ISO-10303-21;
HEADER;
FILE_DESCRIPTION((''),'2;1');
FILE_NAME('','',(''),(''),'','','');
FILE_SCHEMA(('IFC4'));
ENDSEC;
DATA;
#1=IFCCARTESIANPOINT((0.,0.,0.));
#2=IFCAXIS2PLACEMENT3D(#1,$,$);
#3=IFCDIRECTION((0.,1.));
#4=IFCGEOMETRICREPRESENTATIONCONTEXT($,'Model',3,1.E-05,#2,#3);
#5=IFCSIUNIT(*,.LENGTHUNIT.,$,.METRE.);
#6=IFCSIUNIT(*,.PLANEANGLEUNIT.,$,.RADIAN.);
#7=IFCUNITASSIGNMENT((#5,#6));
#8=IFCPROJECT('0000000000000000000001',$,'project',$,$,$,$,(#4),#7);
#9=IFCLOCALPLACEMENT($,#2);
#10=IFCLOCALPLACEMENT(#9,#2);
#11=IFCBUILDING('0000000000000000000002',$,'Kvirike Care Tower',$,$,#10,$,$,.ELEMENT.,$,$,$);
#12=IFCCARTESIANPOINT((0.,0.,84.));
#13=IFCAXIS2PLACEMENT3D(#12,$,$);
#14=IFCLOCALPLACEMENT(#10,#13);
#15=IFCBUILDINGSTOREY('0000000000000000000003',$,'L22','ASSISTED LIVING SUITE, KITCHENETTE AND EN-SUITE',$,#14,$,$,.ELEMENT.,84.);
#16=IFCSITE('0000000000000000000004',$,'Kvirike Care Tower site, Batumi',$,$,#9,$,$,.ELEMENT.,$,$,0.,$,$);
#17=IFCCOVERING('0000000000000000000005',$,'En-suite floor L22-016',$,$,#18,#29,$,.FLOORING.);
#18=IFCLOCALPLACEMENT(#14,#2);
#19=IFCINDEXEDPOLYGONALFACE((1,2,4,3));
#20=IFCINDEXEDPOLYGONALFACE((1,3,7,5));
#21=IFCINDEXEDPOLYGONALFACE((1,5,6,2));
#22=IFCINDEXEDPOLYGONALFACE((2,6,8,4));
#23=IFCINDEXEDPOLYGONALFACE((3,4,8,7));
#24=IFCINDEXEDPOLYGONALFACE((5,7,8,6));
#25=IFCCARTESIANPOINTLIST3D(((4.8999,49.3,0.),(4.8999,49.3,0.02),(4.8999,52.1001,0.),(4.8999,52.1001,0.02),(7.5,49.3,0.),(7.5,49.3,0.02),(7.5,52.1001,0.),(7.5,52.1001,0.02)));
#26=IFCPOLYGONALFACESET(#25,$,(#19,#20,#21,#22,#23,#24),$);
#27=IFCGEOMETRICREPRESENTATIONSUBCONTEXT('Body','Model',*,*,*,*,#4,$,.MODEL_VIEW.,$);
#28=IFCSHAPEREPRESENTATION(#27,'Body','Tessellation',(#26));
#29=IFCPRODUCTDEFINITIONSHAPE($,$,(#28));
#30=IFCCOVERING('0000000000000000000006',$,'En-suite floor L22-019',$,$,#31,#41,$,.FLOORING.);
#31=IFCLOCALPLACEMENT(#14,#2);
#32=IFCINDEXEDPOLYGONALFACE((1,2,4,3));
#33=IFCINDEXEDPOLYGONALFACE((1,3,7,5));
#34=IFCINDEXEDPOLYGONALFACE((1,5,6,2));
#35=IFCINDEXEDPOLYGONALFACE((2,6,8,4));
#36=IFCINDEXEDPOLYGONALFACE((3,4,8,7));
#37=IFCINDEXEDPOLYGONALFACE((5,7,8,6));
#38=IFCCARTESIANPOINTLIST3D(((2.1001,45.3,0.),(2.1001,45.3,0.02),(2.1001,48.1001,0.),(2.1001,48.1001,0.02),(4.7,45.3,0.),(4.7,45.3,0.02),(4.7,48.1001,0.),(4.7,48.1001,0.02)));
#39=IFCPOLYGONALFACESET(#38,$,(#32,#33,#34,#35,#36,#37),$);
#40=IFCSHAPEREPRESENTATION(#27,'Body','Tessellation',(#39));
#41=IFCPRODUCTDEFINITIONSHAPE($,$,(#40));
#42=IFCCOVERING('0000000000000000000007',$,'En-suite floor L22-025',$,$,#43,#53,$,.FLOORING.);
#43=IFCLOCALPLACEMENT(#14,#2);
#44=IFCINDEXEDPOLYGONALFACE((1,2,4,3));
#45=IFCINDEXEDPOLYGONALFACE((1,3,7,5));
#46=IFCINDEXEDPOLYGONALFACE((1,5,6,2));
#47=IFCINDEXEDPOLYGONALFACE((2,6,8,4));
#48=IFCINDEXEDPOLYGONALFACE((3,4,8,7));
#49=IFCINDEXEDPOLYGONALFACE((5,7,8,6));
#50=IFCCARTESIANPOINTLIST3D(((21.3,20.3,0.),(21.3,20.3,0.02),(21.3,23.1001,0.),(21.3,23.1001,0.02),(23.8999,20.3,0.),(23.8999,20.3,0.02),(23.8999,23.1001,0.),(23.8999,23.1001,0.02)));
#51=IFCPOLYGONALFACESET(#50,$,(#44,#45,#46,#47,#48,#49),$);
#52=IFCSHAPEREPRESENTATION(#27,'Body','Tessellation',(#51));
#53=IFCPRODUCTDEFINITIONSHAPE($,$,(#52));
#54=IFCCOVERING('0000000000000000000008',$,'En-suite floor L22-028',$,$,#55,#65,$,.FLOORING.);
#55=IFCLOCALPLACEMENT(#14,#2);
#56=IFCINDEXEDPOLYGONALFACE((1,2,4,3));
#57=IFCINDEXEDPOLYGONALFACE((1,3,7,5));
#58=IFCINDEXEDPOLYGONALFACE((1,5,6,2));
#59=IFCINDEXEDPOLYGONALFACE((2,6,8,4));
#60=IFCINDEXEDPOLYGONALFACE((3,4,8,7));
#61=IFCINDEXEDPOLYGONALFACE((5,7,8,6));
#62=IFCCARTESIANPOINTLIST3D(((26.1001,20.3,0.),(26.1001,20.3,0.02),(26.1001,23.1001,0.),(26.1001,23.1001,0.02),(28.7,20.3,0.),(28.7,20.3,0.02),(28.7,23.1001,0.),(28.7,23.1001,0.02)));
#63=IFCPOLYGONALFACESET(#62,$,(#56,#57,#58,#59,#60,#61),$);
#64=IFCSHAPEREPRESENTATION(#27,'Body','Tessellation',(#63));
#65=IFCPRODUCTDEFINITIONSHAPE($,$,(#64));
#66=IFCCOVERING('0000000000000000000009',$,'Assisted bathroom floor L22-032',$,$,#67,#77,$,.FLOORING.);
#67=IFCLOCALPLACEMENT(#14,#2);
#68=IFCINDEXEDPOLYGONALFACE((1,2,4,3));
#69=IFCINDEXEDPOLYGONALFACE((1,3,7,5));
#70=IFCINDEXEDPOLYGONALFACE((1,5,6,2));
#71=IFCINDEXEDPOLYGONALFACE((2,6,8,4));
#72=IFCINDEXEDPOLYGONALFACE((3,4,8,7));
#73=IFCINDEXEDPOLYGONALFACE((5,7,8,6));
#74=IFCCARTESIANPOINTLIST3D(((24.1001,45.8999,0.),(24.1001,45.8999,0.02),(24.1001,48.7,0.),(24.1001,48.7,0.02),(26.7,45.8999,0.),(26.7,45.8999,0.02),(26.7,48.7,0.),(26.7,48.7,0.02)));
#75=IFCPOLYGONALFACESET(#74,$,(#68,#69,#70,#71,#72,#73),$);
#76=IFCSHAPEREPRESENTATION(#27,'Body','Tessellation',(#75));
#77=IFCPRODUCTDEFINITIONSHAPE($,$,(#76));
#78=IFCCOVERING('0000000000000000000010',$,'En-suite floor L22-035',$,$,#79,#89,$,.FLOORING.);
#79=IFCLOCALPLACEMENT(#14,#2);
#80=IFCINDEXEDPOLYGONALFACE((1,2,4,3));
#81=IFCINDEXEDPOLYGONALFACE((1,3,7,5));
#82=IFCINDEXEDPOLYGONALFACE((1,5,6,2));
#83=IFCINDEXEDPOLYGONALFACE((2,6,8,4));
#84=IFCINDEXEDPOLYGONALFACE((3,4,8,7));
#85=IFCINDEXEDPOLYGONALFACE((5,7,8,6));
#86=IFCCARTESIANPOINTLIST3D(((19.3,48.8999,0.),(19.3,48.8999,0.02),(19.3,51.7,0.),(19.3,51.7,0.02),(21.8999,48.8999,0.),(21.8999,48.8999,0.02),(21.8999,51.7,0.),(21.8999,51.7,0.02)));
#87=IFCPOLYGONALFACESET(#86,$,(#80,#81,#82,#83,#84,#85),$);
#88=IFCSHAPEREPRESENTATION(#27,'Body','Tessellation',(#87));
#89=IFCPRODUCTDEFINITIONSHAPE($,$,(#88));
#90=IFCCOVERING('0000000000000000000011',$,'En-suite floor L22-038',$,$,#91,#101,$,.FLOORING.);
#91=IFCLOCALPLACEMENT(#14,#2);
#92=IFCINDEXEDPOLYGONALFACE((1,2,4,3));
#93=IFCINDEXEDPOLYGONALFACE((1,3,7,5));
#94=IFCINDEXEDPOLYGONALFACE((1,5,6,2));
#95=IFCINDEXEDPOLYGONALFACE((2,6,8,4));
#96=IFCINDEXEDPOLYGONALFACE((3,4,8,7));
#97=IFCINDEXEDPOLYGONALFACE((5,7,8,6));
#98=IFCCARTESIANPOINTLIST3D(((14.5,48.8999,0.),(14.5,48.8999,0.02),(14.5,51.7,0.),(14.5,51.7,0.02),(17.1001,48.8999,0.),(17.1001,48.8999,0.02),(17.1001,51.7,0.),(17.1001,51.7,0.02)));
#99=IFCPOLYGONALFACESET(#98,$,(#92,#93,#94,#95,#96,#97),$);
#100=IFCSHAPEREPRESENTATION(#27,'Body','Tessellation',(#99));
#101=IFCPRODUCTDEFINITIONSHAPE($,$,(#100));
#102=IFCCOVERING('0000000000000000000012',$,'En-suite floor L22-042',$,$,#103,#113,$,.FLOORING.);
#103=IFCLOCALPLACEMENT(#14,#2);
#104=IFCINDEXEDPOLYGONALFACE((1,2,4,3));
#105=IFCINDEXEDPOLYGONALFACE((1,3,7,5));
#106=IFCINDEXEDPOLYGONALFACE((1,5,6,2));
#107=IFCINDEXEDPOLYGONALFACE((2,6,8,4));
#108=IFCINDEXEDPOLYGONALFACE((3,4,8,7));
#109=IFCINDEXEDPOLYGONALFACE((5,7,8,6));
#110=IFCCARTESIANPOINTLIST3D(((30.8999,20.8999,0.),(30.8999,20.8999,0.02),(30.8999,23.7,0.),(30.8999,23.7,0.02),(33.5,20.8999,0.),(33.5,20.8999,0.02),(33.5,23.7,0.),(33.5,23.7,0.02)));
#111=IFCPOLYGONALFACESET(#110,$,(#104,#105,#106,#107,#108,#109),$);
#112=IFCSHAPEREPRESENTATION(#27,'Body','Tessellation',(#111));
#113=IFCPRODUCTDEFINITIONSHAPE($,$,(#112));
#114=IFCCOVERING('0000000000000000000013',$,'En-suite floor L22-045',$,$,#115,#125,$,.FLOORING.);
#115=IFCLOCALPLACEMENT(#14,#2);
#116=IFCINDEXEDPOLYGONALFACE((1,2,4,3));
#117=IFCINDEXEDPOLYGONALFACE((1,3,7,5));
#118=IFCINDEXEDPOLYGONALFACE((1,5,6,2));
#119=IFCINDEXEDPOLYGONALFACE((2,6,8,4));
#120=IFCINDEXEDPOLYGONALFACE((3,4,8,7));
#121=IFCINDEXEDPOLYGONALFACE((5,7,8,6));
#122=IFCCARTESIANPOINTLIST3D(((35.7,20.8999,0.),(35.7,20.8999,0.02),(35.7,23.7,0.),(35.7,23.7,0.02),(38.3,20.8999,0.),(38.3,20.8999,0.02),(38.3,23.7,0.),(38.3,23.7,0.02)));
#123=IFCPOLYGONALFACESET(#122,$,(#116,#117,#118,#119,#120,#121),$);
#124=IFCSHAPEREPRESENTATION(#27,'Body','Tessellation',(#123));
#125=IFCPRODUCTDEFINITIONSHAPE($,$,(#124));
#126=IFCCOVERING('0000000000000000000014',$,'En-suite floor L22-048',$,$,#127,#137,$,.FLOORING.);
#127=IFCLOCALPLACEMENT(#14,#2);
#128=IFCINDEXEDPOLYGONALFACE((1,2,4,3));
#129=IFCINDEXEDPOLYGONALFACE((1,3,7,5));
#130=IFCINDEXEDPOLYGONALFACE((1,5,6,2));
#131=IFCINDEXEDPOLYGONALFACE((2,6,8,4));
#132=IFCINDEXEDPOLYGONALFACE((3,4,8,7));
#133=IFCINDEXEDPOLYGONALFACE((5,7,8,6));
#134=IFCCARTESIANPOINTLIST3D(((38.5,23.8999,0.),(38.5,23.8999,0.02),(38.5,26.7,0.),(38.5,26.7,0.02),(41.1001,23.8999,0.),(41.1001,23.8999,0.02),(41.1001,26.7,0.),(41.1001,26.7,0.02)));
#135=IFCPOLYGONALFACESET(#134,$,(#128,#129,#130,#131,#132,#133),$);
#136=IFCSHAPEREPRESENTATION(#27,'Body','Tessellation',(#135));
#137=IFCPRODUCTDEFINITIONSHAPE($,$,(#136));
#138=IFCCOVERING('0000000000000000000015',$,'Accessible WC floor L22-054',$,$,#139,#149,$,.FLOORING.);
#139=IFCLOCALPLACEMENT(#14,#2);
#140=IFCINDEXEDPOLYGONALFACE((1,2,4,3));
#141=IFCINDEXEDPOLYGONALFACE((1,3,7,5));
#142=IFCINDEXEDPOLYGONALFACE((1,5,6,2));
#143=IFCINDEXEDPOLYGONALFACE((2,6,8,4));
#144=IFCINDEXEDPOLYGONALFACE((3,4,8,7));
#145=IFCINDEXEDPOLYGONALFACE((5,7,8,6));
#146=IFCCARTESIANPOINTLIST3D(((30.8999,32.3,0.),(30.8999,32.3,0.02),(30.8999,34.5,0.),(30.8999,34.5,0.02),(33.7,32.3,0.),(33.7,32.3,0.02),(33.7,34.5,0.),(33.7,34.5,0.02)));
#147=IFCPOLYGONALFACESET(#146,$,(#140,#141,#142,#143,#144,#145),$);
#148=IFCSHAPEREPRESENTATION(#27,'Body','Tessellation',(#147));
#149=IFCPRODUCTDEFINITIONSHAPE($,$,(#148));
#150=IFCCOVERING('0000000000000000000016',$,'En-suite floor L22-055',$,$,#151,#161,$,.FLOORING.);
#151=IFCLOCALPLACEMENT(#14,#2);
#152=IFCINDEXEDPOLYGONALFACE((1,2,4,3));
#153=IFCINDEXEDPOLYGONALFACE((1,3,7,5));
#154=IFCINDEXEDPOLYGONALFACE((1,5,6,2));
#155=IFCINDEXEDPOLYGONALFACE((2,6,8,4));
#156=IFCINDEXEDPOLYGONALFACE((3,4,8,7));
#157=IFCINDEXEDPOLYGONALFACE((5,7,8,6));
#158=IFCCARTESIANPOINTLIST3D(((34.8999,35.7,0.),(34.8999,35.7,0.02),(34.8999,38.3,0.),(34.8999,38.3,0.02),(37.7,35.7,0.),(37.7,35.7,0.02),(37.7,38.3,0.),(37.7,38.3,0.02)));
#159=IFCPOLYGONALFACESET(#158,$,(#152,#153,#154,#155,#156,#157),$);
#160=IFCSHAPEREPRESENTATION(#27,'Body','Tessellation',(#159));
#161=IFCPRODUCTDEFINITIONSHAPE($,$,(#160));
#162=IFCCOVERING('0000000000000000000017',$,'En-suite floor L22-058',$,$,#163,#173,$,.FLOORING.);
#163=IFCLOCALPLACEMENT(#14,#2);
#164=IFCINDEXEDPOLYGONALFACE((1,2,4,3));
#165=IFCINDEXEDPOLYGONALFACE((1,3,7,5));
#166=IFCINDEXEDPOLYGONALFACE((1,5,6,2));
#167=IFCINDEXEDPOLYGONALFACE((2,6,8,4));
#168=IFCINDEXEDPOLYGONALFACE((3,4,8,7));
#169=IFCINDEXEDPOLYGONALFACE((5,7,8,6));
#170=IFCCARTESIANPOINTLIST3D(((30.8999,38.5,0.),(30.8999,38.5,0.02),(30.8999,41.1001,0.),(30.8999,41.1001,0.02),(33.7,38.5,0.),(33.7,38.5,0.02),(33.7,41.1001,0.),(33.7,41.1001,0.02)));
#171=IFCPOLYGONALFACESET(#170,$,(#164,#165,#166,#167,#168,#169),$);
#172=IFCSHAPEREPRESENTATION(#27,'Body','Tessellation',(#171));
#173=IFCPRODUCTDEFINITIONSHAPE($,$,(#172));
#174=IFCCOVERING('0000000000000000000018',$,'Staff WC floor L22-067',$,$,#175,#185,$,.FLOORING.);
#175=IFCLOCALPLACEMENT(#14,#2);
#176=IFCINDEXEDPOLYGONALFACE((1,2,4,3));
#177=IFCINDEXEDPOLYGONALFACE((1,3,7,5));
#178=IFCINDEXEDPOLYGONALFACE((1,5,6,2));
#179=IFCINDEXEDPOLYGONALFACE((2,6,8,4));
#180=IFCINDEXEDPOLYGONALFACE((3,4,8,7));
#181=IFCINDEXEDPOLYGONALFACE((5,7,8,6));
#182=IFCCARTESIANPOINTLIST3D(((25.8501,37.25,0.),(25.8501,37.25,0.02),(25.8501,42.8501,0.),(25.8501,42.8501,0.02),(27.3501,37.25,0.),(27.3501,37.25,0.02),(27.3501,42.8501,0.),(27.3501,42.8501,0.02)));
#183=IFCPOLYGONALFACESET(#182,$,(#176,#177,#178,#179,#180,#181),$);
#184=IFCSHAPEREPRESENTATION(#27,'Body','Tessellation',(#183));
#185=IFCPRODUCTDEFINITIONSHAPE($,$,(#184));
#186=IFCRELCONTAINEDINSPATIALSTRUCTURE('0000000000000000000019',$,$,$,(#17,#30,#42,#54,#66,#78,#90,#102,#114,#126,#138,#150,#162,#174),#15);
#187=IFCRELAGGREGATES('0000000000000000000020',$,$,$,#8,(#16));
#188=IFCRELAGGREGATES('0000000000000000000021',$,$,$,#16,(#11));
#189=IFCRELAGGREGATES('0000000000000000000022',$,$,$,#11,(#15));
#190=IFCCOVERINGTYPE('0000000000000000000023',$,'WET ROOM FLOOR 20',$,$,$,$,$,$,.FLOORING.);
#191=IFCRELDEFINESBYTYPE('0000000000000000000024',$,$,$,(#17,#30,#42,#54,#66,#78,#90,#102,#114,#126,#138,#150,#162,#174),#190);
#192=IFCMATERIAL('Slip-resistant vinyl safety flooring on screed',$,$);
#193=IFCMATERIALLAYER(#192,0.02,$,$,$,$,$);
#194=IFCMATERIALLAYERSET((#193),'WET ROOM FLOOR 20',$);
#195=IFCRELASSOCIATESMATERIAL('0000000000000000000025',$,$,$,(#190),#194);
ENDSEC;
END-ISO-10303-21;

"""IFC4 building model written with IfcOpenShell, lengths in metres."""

from ifc_helpers import new_model, si_unit, direction, frame, origin, place, context, subcontext, project, spatial, polyline, outline, extrude, material, layer, layer_set, type_object, element, save


model = new_model("IFC4")

# Units and contexts
model_context = context("Model", 3, precision=1e-05, world=origin(), true_north=direction((0.0, 1.0)))
body_context = subcontext(model_context, "Body", "Model", "MODEL_VIEW")
ifc_project = project(units=[si_unit("LENGTHUNIT", "METRE"), si_unit("PLANEANGLEUNIT", "RADIAN")], contexts=[model_context])

# Site, building, storey
site_placement = place(None, origin())
site = spatial("IfcSite", under=ifc_project, at=site_placement, Name="Kvirike Care Tower site, Batumi", CompositionType="ELEMENT", RefElevation=0.0)
building_placement = place(site_placement, origin())
building = spatial("IfcBuilding", under=site, at=building_placement, Name="Kvirike Care Tower", CompositionType="ELEMENT")
storey_placement = place(building_placement, frame((0.0, 0.0, 84.0)))
storey = spatial("IfcBuildingStorey", under=building, at=storey_placement, Name="L22", Description="ASSISTED LIVING SUITE, KITCHENETTE AND EN-SUITE", CompositionType="ELEMENT", Elevation=84.0)

# Coverings
ifc_material_1 = material(Name="Slip-resistant vinyl safety flooring on screed")
ifc_layer_1 = layer(ifc_material_1, 0.02)
ifc_layer_set_1 = layer_set([ifc_layer_1], Name="WET ROOM FLOOR 20")
covering_type_1 = type_object("IfcCoveringType", Name="WET ROOM FLOOR 20", PredefinedType="FLOORING", material=ifc_layer_set_1)
covering_1_placement = place(storey_placement, origin())
element("IfcCovering", 1, at=covering_1_placement, inside=storey, type_object=covering_type_1, Name="En-suite floor L22-016", PredefinedType="FLOORING", context=body_context, shape_type="SweptSolid", body=[
    extrude(outline(polyline([(7.5, 52.1001), (7.5, 49.3), (4.8999, 49.3), (4.8999, 52.1001), (7.5, 52.1001)])), origin(), (0.0, 0.0, 1.0), 0.02),
])
covering_2_placement = place(storey_placement, origin())
element("IfcCovering", 2, at=covering_2_placement, inside=storey, type_object=covering_type_1, Name="En-suite floor L22-019", PredefinedType="FLOORING", context=body_context, shape_type="SweptSolid", body=[
    extrude(outline(polyline([(4.7, 48.1001), (4.7, 45.3), (2.1001, 45.3), (2.1001, 48.1001), (4.7, 48.1001)])), origin(), (0.0, 0.0, 1.0), 0.02),
])
covering_3_placement = place(storey_placement, origin())
element("IfcCovering", 3, at=covering_3_placement, inside=storey, type_object=covering_type_1, Name="En-suite floor L22-025", PredefinedType="FLOORING", context=body_context, shape_type="SweptSolid", body=[
    extrude(outline(polyline([(21.3, 20.3), (21.3, 23.1001), (23.8999, 23.1001), (23.8999, 20.3), (21.3, 20.3)])), origin(), (0.0, 0.0, 1.0), 0.02),
])
covering_4_placement = place(storey_placement, origin())
element("IfcCovering", 4, at=covering_4_placement, inside=storey, type_object=covering_type_1, Name="En-suite floor L22-028", PredefinedType="FLOORING", context=body_context, shape_type="SweptSolid", body=[
    extrude(outline(polyline([(26.1001, 20.3), (26.1001, 23.1001), (28.7, 23.1001), (28.7, 20.3), (26.1001, 20.3)])), origin(), (0.0, 0.0, 1.0), 0.02),
])
covering_5_placement = place(storey_placement, origin())
element("IfcCovering", 5, at=covering_5_placement, inside=storey, type_object=covering_type_1, Name="Assisted bathroom floor L22-032", PredefinedType="FLOORING", context=body_context, shape_type="SweptSolid", body=[
    extrude(outline(polyline([(26.7, 48.7), (26.7, 45.8999), (24.1001, 45.8999), (24.1001, 48.7), (26.7, 48.7)])), origin(), (0.0, 0.0, 1.0), 0.02),
])
covering_6_placement = place(storey_placement, origin())
element("IfcCovering", 6, at=covering_6_placement, inside=storey, type_object=covering_type_1, Name="En-suite floor L22-035", PredefinedType="FLOORING", context=body_context, shape_type="SweptSolid", body=[
    extrude(outline(polyline([(21.8999, 51.7), (21.8999, 48.8999), (19.3, 48.8999), (19.3, 51.7), (21.8999, 51.7)])), origin(), (0.0, 0.0, 1.0), 0.02),
])
covering_7_placement = place(storey_placement, origin())
element("IfcCovering", 7, at=covering_7_placement, inside=storey, type_object=covering_type_1, Name="En-suite floor L22-038", PredefinedType="FLOORING", context=body_context, shape_type="SweptSolid", body=[
    extrude(outline(polyline([(17.1001, 51.7), (17.1001, 48.8999), (14.5, 48.8999), (14.5, 51.7), (17.1001, 51.7)])), origin(), (0.0, 0.0, 1.0), 0.02),
])
covering_8_placement = place(storey_placement, origin())
element("IfcCovering", 8, at=covering_8_placement, inside=storey, type_object=covering_type_1, Name="En-suite floor L22-042", PredefinedType="FLOORING", context=body_context, shape_type="SweptSolid", body=[
    extrude(outline(polyline([(30.8999, 20.8999), (30.8999, 23.7), (33.5, 23.7), (33.5, 20.8999), (30.8999, 20.8999)])), origin(), (0.0, 0.0, 1.0), 0.02),
])
covering_9_placement = place(storey_placement, origin())
element("IfcCovering", 9, at=covering_9_placement, inside=storey, type_object=covering_type_1, Name="En-suite floor L22-045", PredefinedType="FLOORING", context=body_context, shape_type="SweptSolid", body=[
    extrude(outline(polyline([(35.7, 20.8999), (35.7, 23.7), (38.3, 23.7), (38.3, 20.8999), (35.7, 20.8999)])), origin(), (0.0, 0.0, 1.0), 0.02),
])
covering_10_placement = place(storey_placement, origin())
element("IfcCovering", 10, at=covering_10_placement, inside=storey, type_object=covering_type_1, Name="En-suite floor L22-048", PredefinedType="FLOORING", context=body_context, shape_type="SweptSolid", body=[
    extrude(outline(polyline([(38.5, 23.8999), (38.5, 26.7), (41.1001, 26.7), (41.1001, 23.8999), (38.5, 23.8999)])), origin(), (0.0, 0.0, 1.0), 0.02),
])
covering_11_placement = place(storey_placement, origin())
element("IfcCovering", 11, at=covering_11_placement, inside=storey, type_object=covering_type_1, Name="Accessible WC floor L22-054", PredefinedType="FLOORING", context=body_context, shape_type="SweptSolid", body=[
    extrude(outline(polyline([(33.7, 32.3), (30.8999, 32.3), (30.8999, 34.5), (33.7, 34.5), (33.7, 32.3)])), origin(), (0.0, 0.0, 1.0), 0.02),
])
covering_12_placement = place(storey_placement, origin())
element("IfcCovering", 12, at=covering_12_placement, inside=storey, type_object=covering_type_1, Name="En-suite floor L22-055", PredefinedType="FLOORING", context=body_context, shape_type="SweptSolid", body=[
    extrude(outline(polyline([(37.7, 35.7), (34.8999, 35.7), (34.8999, 38.3), (37.7, 38.3), (37.7, 35.7)])), origin(), (0.0, 0.0, 1.0), 0.02),
])
covering_13_placement = place(storey_placement, origin())
element("IfcCovering", 13, at=covering_13_placement, inside=storey, type_object=covering_type_1, Name="En-suite floor L22-058", PredefinedType="FLOORING", context=body_context, shape_type="SweptSolid", body=[
    extrude(outline(polyline([(33.7, 38.5), (30.8999, 38.5), (30.8999, 41.1001), (33.7, 41.1001), (33.7, 38.5)])), origin(), (0.0, 0.0, 1.0), 0.02),
])
covering_14_placement = place(storey_placement, origin())
element("IfcCovering", 14, at=covering_14_placement, inside=storey, type_object=covering_type_1, Name="Staff WC floor L22-067", PredefinedType="FLOORING", context=body_context, shape_type="SweptSolid", body=[
    extrude(outline(polyline([(27.3501, 37.25), (25.8501, 37.25), (25.8501, 42.8501), (27.3501, 42.8501), (27.3501, 37.25)])), origin(), (0.0, 0.0, 1.0), 0.02),
])

save(model, "model.ifc")
